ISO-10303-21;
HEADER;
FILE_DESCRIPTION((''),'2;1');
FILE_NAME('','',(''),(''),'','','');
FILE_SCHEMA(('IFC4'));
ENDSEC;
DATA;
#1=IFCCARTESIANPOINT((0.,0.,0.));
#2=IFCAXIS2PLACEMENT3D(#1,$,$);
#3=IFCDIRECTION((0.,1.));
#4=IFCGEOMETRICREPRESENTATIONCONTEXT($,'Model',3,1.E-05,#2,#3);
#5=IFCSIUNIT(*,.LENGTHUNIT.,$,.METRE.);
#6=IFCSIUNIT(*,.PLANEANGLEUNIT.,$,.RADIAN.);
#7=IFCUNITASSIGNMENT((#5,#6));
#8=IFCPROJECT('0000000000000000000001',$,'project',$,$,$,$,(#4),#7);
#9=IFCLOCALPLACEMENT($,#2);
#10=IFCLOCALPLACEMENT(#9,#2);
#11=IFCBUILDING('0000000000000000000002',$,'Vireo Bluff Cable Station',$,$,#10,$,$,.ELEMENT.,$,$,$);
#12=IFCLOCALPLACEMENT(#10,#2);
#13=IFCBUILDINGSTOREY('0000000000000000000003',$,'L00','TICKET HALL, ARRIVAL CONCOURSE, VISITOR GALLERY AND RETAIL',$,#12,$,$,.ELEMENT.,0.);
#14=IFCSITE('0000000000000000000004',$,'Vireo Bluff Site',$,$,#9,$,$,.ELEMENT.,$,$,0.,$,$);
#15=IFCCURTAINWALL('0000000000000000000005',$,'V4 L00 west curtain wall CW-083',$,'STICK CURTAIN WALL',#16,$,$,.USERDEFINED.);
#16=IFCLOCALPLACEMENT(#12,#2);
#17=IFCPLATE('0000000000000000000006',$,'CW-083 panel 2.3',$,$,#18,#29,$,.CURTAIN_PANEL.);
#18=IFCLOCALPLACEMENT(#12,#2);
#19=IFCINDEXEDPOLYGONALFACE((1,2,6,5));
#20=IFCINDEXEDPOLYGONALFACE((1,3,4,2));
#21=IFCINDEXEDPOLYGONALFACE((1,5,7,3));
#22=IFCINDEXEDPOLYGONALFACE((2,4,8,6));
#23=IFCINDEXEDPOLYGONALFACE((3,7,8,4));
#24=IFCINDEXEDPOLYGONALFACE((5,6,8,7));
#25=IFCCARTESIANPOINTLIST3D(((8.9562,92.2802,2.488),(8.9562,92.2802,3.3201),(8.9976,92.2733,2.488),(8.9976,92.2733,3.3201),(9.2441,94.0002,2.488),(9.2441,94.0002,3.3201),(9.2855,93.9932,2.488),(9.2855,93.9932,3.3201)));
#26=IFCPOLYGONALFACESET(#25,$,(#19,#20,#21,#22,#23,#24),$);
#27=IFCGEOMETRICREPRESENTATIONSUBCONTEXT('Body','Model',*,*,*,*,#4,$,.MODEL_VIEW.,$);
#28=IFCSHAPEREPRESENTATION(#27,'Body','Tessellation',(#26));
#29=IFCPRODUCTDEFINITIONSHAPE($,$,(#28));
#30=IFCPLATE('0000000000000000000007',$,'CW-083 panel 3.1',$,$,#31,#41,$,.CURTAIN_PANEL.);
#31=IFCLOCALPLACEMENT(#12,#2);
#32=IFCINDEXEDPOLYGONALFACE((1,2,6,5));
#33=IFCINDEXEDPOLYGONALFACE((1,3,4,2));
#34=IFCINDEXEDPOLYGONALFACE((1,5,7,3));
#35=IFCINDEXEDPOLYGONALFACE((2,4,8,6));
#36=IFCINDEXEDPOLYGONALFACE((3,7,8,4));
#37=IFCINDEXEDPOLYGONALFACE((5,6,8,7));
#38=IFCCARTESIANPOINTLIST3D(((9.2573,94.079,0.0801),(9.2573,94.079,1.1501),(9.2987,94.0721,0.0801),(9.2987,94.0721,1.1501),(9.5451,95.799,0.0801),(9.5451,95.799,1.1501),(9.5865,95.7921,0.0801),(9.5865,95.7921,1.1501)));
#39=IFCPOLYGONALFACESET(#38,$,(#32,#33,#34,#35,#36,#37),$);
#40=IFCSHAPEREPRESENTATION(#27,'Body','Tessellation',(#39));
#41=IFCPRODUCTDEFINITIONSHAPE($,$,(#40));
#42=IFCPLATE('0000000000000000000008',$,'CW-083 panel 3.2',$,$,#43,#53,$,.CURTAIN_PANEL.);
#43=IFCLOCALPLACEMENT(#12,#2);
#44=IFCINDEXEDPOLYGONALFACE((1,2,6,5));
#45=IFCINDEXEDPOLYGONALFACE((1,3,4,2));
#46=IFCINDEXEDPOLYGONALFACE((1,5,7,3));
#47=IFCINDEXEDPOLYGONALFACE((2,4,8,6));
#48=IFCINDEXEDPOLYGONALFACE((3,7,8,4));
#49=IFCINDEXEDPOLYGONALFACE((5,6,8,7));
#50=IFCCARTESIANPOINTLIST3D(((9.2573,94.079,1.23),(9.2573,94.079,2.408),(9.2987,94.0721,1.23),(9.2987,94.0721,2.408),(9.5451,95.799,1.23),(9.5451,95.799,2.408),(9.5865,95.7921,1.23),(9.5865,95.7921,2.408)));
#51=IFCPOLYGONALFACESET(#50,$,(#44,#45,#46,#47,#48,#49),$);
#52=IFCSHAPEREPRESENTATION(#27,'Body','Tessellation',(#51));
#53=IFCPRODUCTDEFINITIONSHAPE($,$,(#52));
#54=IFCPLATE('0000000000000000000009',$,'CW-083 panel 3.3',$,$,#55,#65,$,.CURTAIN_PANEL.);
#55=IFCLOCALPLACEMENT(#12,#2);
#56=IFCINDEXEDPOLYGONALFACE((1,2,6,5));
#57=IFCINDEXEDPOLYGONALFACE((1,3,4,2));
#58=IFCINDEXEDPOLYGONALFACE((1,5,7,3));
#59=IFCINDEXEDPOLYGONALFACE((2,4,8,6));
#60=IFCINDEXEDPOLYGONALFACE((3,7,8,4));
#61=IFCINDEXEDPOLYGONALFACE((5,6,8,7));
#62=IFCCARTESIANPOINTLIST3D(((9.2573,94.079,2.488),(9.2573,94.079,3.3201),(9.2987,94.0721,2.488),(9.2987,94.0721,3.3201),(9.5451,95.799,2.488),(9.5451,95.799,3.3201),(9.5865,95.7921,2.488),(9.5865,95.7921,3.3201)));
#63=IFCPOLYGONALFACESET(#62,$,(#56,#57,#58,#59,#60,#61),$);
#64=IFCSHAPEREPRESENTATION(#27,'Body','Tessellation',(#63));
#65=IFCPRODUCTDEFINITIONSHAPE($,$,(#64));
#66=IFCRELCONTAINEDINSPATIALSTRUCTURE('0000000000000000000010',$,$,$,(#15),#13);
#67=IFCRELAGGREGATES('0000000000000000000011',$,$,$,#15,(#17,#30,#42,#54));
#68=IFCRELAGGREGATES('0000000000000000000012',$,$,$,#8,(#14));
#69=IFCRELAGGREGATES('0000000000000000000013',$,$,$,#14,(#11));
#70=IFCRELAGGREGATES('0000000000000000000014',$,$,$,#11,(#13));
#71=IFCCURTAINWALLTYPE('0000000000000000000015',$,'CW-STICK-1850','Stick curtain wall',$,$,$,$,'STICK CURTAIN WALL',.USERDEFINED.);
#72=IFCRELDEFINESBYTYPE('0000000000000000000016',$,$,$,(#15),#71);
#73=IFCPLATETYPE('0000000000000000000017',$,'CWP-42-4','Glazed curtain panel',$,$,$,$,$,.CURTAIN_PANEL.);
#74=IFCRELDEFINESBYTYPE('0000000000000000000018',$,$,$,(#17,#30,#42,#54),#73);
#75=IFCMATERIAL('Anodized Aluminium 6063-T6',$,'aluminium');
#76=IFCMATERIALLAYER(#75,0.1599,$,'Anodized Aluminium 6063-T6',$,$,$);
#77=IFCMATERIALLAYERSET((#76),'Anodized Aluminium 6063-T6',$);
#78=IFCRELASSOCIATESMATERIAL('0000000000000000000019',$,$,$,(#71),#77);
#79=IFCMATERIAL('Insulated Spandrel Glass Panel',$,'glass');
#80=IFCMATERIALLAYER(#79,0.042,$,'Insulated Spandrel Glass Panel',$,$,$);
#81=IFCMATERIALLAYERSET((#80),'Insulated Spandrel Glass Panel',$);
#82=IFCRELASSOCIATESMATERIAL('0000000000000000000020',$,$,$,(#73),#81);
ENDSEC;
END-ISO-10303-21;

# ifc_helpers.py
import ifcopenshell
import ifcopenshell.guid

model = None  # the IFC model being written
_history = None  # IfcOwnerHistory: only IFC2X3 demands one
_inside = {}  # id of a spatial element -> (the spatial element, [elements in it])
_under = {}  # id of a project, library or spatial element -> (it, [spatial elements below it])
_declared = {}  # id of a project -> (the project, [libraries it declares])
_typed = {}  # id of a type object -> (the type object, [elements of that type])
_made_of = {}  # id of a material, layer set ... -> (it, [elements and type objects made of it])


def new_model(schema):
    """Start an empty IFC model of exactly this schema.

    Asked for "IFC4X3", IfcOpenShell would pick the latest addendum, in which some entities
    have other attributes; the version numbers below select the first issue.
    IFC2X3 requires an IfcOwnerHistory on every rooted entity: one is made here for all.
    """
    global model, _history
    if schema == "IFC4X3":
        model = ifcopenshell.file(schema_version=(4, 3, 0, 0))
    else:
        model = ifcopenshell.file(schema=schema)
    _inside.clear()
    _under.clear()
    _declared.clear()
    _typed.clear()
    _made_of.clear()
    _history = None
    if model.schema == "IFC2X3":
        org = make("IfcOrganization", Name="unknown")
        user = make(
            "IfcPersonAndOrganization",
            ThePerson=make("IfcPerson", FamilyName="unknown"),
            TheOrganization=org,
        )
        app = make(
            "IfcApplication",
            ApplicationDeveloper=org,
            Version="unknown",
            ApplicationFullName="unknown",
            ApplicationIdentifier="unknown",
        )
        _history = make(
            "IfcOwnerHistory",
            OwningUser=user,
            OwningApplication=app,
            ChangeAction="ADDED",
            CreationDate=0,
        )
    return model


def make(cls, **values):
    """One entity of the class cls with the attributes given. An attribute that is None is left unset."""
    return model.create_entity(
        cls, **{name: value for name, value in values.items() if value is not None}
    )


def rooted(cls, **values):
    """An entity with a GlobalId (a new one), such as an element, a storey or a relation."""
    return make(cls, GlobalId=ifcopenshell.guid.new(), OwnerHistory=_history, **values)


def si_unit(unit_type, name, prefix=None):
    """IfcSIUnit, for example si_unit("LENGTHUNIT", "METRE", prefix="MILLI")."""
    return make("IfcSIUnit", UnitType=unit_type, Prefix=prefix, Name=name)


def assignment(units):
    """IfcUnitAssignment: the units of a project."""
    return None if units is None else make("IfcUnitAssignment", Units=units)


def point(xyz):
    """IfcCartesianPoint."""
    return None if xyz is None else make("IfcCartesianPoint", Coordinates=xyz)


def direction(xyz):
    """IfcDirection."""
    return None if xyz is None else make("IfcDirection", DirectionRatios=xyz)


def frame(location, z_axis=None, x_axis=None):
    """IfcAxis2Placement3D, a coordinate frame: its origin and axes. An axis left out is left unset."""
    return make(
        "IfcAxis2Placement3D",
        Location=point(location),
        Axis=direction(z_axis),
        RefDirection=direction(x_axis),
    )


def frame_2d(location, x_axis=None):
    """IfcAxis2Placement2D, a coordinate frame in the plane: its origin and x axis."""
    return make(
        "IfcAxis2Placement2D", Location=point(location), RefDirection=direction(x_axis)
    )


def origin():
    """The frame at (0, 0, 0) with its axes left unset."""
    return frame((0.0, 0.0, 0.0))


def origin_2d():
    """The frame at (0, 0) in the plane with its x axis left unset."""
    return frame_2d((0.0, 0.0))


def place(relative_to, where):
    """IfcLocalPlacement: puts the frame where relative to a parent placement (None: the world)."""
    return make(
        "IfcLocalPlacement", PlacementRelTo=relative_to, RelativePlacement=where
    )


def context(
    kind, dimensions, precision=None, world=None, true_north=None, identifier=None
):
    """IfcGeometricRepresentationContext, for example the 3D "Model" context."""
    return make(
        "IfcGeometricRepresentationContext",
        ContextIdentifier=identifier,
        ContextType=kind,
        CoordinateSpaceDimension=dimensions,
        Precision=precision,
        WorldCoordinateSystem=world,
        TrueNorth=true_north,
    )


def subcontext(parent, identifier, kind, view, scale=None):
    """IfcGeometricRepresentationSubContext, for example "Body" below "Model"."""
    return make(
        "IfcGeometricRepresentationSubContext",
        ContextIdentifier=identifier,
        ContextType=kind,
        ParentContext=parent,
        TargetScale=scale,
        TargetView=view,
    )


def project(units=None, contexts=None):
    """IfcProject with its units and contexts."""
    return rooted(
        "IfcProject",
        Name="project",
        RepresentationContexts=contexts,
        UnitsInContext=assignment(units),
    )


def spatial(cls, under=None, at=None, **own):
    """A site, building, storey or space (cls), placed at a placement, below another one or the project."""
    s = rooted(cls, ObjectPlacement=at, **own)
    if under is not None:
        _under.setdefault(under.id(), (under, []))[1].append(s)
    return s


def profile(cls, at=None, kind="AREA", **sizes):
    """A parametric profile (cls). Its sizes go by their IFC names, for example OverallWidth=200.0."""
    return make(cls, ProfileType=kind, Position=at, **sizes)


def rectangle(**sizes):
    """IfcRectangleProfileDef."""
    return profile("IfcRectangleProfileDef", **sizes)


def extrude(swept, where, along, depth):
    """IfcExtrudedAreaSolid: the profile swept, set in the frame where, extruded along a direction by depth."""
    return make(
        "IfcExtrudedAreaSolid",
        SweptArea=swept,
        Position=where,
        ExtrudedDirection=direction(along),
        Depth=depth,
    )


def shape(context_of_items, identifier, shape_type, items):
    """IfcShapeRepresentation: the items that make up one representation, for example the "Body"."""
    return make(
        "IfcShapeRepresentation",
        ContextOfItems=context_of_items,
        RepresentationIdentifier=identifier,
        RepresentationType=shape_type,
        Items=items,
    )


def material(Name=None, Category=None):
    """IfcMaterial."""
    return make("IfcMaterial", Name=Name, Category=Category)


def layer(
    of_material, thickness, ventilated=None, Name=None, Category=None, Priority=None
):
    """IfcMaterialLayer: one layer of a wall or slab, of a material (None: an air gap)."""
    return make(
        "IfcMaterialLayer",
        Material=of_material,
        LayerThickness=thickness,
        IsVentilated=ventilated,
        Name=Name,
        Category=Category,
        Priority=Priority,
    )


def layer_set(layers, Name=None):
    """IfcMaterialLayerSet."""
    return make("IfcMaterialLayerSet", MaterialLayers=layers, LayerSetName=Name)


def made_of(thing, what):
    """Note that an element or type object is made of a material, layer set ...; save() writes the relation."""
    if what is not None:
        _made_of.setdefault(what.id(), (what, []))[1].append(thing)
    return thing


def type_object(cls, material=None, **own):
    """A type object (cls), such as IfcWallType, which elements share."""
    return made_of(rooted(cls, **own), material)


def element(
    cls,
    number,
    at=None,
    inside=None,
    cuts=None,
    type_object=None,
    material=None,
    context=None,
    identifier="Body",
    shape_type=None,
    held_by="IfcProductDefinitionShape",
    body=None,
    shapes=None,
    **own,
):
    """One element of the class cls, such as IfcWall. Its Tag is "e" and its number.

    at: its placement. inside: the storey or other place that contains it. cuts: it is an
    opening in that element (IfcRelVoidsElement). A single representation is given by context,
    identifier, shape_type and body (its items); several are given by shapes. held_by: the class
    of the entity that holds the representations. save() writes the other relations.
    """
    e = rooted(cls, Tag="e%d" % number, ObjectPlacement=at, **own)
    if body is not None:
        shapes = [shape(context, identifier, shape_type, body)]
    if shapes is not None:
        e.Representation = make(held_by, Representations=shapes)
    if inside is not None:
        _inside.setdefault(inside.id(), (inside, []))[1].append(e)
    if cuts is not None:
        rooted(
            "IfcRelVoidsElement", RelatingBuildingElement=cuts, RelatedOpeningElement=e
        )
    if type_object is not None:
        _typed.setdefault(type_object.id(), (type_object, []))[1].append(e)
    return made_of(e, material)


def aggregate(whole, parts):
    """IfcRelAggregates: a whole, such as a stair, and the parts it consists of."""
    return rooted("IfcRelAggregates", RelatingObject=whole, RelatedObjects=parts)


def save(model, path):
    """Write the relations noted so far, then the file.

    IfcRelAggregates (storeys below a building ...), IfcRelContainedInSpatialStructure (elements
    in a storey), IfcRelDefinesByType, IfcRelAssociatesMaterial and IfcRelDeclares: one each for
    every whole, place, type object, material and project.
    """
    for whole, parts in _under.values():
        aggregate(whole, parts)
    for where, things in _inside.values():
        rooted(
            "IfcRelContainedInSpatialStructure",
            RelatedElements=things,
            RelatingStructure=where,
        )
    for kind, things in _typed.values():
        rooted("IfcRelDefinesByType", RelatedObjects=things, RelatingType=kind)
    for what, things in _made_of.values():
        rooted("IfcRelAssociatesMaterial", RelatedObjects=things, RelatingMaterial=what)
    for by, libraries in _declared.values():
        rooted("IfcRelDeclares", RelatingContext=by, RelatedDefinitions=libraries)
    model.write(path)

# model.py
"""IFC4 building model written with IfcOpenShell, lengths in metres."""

from ifc_helpers import new_model, si_unit, direction, frame, origin, origin_2d, place, context, subcontext, project, spatial, rectangle, extrude, material, layer, layer_set, type_object, element, aggregate, save


model = new_model("IFC4")

# Units and contexts
model_context = context("Model", 3, precision=1e-05, world=origin(), true_north=direction((0.0, 1.0)))
body_context = subcontext(model_context, "Body", "Model", "MODEL_VIEW")
ifc_project = project(units=[si_unit("LENGTHUNIT", "METRE"), si_unit("PLANEANGLEUNIT", "RADIAN")], contexts=[model_context])

# Site, building, storey
site_placement = place(None, origin())
site = spatial("IfcSite", under=ifc_project, at=site_placement, Name="Vireo Bluff Site", CompositionType="ELEMENT", RefElevation=0.0)
building_placement = place(site_placement, origin())
building = spatial("IfcBuilding", under=site, at=building_placement, Name="Vireo Bluff Cable Station", CompositionType="ELEMENT")
storey_placement = place(building_placement, origin())
storey = spatial("IfcBuildingStorey", under=building, at=storey_placement, Name="L00", Description="TICKET HALL, ARRIVAL CONCOURSE, VISITOR GALLERY AND RETAIL", CompositionType="ELEMENT", Elevation=0.0)

# Curtain wall
ifc_material_1 = material(Name="Anodized Aluminium 6063-T6", Category="aluminium")
ifc_layer_1 = layer(ifc_material_1, 0.1599, Name="Anodized Aluminium 6063-T6")
ifc_layer_set_1 = layer_set([ifc_layer_1], Name="Anodized Aluminium 6063-T6")
curtain_wall_type = type_object("IfcCurtainWallType", Name="CW-STICK-1850", Description="Stick curtain wall", ElementType="STICK CURTAIN WALL", PredefinedType="USERDEFINED", material=ifc_layer_set_1)
curtain_wall_placement = place(storey_placement, origin())
curtain_wall = element("IfcCurtainWall", 1, at=curtain_wall_placement, inside=storey, type_object=curtain_wall_type, Name="V4 L00 west curtain wall CW-083", ObjectType="STICK CURTAIN WALL", PredefinedType="USERDEFINED")

# Plates
ifc_material_2 = material(Name="Insulated Spandrel Glass Panel", Category="glass")
ifc_layer_2 = layer(ifc_material_2, 0.042, Name="Insulated Spandrel Glass Panel")
ifc_layer_set_2 = layer_set([ifc_layer_2], Name="Insulated Spandrel Glass Panel")
plate_type = type_object("IfcPlateType", Name="CWP-42-4", Description="Glazed curtain panel", PredefinedType="CURTAIN_PANEL", material=ifc_layer_set_2)
plate_1_placement = place(storey_placement, frame((9.1208, 93.1367, 2.488), z_axis=(0.0, 0.0, 1.0), x_axis=(0.165048, 0.986286, 0.0)))
plate_1 = element("IfcPlate", 2, at=plate_1_placement, type_object=plate_type, Name="CW-083 panel 2.3", PredefinedType="CURTAIN_PANEL", context=body_context, shape_type="SweptSolid", body=[
    extrude(rectangle(XDim=1.7439, YDim=0.042, at=origin_2d()), origin(), (0.0, 0.0, 1.0), 0.832),
])
plate_2_placement = place(storey_placement, frame((9.4219, 94.9355, 0.0801), z_axis=(0.0, 0.0, 1.0), x_axis=(0.165048, 0.986286, 0.0)))
plate_2 = element("IfcPlate", 3, at=plate_2_placement, type_object=plate_type, Name="CW-083 panel 3.1", PredefinedType="CURTAIN_PANEL", context=body_context, shape_type="SweptSolid", body=[
    extrude(rectangle(XDim=1.7439, YDim=0.042, at=origin_2d()), origin(), (0.0, 0.0, 1.0), 1.0701),
])
plate_3_placement = place(storey_placement, frame((9.4219, 94.9355, 1.23), z_axis=(0.0, 0.0, 1.0), x_axis=(0.165048, 0.986286, 0.0)))
plate_3 = element("IfcPlate", 4, at=plate_3_placement, type_object=plate_type, Name="CW-083 panel 3.2", PredefinedType="CURTAIN_PANEL", context=body_context, shape_type="SweptSolid", body=[
    extrude(rectangle(XDim=1.7439, YDim=0.042, at=origin_2d()), origin(), (0.0, 0.0, 1.0), 1.178),
])
plate_4_placement = place(storey_placement, frame((9.4219, 94.9355, 2.488), z_axis=(0.0, 0.0, 1.0), x_axis=(0.165048, 0.986286, 0.0)))
plate_4 = element("IfcPlate", 5, at=plate_4_placement, type_object=plate_type, Name="CW-083 panel 3.3", PredefinedType="CURTAIN_PANEL", context=body_context, shape_type="SweptSolid", body=[
    extrude(rectangle(XDim=1.7439, YDim=0.042, at=origin_2d()), origin(), (0.0, 0.0, 1.0), 0.832),
])
aggregate(curtain_wall, [plate_1, plate_2, plate_3, plate_4])

save(model, "model.ifc")
